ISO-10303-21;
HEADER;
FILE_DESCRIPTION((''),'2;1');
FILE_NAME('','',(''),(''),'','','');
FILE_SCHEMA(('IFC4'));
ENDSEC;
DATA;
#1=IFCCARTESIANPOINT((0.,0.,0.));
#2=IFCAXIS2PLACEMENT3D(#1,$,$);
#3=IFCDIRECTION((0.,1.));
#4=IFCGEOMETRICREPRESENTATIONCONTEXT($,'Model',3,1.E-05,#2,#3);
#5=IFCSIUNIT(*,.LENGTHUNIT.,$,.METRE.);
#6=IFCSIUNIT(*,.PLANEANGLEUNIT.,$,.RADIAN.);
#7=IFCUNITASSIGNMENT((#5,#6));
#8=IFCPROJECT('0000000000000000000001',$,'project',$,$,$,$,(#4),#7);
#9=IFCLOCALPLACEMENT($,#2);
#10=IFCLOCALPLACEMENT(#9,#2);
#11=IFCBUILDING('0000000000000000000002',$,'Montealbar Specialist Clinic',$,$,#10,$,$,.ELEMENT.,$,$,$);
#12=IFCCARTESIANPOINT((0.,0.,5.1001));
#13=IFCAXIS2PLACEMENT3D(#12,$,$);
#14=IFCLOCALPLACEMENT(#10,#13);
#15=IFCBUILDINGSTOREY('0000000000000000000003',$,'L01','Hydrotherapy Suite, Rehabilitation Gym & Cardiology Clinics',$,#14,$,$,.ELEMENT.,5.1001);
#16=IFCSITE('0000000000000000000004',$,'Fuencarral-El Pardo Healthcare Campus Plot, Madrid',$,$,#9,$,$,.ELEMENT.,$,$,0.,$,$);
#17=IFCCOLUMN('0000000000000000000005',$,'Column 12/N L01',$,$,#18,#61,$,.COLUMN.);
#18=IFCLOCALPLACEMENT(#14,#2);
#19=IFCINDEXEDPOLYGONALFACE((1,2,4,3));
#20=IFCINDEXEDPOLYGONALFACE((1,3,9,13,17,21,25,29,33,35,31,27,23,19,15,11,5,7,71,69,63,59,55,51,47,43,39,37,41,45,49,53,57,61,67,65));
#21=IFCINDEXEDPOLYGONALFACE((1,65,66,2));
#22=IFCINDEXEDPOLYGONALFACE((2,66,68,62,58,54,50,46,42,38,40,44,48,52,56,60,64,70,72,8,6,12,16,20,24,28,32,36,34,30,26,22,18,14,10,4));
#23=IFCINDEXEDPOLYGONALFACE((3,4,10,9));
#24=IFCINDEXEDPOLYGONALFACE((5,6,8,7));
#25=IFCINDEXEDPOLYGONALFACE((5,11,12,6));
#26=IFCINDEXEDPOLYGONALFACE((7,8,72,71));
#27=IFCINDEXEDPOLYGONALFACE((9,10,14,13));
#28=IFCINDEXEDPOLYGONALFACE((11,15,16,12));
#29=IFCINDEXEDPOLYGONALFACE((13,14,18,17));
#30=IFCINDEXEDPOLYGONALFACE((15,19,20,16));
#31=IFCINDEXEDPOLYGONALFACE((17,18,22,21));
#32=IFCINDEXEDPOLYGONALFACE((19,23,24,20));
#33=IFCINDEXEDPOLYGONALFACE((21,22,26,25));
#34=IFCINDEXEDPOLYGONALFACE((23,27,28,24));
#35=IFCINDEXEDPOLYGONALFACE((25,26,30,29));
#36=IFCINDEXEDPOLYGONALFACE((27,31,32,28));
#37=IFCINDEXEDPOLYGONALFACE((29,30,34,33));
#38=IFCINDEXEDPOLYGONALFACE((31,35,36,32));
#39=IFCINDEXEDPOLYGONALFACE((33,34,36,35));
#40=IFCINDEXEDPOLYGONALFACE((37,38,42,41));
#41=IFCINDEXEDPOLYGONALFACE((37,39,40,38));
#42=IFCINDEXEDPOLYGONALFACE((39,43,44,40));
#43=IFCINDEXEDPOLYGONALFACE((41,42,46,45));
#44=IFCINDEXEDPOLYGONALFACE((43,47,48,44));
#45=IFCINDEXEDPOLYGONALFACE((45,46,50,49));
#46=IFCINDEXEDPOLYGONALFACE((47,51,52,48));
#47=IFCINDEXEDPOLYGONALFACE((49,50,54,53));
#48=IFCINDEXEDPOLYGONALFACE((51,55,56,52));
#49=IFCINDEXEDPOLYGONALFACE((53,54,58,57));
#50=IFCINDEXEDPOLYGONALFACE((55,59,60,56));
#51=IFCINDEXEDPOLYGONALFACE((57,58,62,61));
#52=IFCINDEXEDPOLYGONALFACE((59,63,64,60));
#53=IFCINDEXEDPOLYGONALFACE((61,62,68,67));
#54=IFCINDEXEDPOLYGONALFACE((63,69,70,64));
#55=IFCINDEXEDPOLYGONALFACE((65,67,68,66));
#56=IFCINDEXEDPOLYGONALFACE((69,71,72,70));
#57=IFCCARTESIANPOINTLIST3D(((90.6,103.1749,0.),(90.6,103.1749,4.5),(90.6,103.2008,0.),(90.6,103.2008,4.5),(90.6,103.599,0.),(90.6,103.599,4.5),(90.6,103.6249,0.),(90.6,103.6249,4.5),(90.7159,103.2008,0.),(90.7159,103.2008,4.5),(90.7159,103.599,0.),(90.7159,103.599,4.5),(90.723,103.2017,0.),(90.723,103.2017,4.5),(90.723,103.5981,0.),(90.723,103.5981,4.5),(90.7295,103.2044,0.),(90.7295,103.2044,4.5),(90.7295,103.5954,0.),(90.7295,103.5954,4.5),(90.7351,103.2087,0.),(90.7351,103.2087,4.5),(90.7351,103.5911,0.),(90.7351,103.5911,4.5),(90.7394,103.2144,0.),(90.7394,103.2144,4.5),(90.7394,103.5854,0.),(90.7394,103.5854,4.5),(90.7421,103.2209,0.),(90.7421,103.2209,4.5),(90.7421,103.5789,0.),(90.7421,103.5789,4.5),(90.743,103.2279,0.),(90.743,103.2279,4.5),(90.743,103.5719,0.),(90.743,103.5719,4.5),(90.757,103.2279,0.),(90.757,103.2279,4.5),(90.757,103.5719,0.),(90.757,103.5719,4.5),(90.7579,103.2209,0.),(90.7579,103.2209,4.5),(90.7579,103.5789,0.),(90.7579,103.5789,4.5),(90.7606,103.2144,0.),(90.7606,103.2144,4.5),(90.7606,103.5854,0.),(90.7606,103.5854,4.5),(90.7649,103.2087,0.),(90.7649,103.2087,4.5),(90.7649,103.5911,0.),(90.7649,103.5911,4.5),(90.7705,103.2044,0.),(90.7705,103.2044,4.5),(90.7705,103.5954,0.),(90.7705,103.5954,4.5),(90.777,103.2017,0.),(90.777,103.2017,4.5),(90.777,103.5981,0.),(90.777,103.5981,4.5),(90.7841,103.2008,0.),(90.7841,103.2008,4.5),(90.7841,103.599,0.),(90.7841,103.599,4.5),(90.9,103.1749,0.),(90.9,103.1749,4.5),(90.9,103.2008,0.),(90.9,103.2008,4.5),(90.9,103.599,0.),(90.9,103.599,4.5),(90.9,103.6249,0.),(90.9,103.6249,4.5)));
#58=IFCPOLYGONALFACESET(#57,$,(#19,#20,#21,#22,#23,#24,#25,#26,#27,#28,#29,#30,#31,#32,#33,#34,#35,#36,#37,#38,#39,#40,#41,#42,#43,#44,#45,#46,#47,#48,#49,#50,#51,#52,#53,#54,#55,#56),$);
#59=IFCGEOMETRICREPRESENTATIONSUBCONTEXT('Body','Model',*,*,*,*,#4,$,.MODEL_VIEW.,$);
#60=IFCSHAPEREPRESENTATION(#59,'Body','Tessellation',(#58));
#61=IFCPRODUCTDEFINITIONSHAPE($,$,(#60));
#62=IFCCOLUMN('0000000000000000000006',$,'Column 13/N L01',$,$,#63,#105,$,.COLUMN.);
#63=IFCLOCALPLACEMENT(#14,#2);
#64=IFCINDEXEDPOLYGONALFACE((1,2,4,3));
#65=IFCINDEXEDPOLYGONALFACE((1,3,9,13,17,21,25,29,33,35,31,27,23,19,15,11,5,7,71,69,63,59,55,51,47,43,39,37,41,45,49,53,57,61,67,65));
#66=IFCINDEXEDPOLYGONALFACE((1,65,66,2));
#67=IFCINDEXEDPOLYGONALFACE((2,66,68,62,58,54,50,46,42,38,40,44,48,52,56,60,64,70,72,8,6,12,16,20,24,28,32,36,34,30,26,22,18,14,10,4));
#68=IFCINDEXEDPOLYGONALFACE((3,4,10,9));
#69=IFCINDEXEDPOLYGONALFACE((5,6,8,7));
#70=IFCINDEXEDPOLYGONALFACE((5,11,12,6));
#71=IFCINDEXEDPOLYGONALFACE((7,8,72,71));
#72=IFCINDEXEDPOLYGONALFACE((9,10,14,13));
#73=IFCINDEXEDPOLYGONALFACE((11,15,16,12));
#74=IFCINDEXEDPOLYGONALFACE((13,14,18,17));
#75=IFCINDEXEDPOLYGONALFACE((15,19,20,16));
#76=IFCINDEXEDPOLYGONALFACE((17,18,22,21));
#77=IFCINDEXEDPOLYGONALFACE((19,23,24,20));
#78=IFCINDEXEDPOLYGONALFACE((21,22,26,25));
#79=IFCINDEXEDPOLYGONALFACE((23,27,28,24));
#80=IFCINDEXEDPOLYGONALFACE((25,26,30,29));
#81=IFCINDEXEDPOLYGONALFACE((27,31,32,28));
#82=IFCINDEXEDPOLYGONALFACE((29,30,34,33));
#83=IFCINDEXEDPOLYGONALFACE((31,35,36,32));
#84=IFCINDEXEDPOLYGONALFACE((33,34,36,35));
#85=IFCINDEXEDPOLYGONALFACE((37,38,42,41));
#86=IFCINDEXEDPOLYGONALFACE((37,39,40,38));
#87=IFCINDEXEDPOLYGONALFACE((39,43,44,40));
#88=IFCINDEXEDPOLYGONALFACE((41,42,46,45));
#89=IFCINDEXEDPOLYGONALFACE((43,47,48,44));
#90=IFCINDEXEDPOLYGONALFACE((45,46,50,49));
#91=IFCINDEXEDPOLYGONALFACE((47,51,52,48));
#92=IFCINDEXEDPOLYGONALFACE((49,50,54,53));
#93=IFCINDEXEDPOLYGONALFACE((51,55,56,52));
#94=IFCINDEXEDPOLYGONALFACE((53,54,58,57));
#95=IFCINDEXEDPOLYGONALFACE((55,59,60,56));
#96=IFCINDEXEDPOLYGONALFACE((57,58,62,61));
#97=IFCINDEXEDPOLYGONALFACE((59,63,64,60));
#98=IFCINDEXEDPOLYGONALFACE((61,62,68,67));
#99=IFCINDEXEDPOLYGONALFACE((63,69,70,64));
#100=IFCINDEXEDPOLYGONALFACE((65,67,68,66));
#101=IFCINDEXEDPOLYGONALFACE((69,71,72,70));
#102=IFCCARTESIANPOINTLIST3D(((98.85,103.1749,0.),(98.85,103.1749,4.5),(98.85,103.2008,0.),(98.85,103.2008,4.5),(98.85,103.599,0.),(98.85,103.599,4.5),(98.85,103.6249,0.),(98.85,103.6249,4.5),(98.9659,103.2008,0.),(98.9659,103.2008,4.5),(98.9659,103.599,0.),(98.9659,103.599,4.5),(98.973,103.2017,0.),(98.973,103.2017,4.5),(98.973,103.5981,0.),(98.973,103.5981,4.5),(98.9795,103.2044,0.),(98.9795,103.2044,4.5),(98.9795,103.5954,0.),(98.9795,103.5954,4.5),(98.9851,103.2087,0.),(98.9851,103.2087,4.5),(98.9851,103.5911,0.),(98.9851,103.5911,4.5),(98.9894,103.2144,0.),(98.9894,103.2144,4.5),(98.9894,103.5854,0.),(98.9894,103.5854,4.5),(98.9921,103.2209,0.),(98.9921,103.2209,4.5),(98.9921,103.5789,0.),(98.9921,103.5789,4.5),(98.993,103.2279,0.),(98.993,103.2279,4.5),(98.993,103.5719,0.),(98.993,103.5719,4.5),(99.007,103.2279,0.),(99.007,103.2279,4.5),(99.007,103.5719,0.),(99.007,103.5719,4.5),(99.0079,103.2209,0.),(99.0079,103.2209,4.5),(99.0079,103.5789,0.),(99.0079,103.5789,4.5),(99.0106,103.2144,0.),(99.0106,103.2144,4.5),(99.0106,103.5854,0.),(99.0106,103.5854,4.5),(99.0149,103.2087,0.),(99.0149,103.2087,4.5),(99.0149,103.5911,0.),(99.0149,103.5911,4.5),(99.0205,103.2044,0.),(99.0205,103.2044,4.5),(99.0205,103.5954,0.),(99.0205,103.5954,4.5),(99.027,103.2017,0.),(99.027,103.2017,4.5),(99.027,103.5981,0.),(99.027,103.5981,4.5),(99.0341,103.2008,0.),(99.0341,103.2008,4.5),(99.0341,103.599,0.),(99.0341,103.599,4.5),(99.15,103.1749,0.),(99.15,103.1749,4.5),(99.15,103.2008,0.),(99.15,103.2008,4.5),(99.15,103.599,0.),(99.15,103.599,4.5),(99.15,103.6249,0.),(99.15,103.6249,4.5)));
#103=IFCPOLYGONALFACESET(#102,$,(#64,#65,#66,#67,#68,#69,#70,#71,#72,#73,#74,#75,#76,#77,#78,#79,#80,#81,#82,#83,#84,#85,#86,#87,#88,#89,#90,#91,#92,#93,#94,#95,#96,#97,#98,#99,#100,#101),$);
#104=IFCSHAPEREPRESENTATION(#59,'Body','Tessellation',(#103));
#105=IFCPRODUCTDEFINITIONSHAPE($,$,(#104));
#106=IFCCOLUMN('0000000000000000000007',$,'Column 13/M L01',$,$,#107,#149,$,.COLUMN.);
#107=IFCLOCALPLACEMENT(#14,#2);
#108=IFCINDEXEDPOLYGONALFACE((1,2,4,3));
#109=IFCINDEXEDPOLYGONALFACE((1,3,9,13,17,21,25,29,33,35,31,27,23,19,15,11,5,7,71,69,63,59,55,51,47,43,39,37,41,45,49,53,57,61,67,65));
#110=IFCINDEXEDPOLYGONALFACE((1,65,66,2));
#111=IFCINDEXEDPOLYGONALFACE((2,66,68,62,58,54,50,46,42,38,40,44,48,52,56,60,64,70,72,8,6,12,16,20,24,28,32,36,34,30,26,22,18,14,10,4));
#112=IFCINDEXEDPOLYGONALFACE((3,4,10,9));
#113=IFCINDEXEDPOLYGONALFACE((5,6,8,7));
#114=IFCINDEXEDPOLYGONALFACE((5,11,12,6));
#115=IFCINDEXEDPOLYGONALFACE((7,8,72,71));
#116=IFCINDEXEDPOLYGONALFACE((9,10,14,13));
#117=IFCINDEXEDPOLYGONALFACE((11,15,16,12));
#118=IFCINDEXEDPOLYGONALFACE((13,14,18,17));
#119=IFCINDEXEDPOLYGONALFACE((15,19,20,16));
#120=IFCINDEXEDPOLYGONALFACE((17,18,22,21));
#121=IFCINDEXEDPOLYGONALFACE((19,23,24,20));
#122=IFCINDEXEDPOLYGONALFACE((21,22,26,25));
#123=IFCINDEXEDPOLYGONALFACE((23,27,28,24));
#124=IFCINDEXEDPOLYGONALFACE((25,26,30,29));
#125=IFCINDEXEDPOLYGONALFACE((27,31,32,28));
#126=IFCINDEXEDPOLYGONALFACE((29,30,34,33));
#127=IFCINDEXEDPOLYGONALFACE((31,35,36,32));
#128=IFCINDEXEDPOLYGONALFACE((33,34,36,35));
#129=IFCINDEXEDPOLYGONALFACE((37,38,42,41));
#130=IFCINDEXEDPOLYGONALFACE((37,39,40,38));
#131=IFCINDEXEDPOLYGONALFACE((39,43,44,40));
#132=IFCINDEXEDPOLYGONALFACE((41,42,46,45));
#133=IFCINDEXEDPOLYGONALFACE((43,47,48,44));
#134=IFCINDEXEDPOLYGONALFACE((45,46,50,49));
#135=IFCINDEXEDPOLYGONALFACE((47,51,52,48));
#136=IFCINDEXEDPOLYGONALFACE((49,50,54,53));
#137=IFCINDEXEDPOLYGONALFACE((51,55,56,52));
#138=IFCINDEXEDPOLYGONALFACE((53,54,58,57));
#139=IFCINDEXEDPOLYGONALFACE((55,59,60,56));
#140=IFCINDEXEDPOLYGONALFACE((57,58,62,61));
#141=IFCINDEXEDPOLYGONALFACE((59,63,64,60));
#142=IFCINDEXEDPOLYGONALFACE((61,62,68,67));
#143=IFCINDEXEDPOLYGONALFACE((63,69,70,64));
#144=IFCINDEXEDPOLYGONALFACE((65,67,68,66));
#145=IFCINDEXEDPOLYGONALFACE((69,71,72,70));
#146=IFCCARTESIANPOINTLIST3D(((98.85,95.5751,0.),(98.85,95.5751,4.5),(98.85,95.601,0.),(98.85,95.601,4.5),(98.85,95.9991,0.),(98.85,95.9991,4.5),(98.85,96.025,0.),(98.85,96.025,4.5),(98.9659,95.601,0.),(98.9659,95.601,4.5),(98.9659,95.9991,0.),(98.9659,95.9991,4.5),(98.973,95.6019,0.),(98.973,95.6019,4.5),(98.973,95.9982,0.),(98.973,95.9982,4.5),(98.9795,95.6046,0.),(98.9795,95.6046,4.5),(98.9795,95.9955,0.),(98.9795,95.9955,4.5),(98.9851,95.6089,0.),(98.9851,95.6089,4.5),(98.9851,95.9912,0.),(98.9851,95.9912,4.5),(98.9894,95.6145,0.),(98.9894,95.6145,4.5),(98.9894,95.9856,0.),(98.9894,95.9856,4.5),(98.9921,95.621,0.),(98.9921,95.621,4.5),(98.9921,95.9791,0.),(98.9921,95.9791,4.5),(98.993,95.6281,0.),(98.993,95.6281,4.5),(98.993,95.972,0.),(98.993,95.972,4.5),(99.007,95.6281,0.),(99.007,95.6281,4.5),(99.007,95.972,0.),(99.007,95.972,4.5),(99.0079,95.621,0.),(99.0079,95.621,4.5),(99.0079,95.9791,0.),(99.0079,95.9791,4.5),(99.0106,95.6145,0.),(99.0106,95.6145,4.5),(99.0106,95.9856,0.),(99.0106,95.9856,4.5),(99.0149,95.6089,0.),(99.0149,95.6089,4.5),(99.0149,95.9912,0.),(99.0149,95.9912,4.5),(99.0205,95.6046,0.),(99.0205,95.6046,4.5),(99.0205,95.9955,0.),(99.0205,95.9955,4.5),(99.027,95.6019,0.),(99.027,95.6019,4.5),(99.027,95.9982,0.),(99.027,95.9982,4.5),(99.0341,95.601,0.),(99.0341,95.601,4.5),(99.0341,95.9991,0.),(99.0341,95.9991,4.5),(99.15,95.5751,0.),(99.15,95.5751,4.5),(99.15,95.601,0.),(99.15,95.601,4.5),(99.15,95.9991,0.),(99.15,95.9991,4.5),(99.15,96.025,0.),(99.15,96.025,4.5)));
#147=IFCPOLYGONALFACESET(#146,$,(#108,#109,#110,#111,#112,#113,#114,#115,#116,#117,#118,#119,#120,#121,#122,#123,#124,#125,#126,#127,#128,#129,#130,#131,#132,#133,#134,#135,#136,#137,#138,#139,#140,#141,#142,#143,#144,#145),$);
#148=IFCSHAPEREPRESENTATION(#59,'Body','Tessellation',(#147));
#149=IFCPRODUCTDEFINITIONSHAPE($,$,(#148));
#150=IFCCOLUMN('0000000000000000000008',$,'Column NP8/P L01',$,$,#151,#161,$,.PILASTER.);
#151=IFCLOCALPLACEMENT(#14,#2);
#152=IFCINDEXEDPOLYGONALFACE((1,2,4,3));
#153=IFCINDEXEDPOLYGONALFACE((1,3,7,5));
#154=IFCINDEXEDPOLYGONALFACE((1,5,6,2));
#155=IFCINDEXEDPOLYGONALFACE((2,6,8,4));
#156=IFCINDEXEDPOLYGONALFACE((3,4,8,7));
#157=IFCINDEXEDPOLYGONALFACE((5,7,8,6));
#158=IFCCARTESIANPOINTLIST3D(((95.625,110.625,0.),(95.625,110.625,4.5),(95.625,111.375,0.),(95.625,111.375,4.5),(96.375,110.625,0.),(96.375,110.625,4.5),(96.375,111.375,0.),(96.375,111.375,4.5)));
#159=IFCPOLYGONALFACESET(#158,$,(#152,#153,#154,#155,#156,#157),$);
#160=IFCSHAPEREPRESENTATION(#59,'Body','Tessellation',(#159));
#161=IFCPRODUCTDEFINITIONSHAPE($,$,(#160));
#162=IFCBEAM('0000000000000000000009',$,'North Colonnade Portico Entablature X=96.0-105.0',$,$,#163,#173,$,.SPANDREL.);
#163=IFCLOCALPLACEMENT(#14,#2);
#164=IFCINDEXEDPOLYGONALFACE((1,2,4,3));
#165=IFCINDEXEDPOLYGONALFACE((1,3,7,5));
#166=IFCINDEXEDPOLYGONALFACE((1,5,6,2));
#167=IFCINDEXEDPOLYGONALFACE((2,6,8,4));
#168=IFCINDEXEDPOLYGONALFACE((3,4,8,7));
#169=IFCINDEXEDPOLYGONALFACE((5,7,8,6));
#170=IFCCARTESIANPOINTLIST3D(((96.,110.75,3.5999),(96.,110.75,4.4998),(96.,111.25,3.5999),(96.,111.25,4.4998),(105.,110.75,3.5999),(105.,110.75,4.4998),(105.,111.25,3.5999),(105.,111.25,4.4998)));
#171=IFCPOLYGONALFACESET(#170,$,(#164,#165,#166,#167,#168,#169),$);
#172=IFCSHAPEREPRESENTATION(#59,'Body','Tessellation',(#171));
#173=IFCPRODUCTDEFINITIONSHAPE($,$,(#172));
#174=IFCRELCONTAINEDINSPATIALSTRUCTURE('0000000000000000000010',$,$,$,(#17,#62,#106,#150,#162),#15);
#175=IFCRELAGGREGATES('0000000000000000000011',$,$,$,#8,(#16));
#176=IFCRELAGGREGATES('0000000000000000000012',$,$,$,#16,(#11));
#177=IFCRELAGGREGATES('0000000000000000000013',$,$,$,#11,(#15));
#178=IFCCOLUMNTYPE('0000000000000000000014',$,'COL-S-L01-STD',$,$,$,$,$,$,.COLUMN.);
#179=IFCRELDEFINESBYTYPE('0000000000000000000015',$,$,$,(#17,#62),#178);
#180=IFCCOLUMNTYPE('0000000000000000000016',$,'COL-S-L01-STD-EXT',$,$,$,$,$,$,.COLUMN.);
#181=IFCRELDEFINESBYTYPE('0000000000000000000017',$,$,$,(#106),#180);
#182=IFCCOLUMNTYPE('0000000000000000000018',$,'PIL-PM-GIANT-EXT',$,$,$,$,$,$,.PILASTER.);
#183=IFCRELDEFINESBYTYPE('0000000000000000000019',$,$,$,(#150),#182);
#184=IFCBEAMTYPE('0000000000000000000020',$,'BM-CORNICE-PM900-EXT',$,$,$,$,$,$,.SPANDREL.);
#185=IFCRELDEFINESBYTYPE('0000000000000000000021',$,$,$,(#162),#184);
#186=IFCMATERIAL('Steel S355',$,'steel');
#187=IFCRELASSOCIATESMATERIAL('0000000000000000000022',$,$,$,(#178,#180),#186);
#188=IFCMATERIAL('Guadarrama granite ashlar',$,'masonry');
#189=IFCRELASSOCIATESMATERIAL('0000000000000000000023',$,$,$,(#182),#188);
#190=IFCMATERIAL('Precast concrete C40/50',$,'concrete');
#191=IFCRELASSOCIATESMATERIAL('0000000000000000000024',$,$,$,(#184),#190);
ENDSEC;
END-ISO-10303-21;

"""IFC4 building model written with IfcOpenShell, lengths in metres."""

from ifc_helpers import new_model, si_unit, direction, frame, origin, origin_2d, place, context, subcontext, project, spatial, rectangle, i_section, extrude, material, material_profile, profile_set, type_object, element, save


model = new_model("IFC4")

# Units and contexts
model_context = context("Model", 3, precision=1e-05, world=origin(), true_north=direction((0.0, 1.0)))
body_context = subcontext(model_context, "Body", "Model", "MODEL_VIEW")
ifc_project = project(units=[si_unit("LENGTHUNIT", "METRE"), si_unit("PLANEANGLEUNIT", "RADIAN")], contexts=[model_context])

# Site, building, storey
site_placement = place(None, origin())
site = spatial("IfcSite", under=ifc_project, at=site_placement, Name="Fuencarral-El Pardo Healthcare Campus Plot, Madrid", CompositionType="ELEMENT", RefElevation=0.0)
building_placement = place(site_placement, origin())
building = spatial("IfcBuilding", under=site, at=building_placement, Name="Montealbar Specialist Clinic", CompositionType="ELEMENT")
storey_placement = place(building_placement, frame((0.0, 0.0, 5.1001)))
storey = spatial("IfcBuildingStorey", under=building, at=storey_placement, Name="L01", Description="Hydrotherapy Suite, Rehabilitation Gym & Cardiology Clinics", CompositionType="ELEMENT", Elevation=5.1001)

# Columns
ifc_material_1 = material(Name="Steel S355", Category="steel")
ifc_material_profile_1 = material_profile(ifc_material_1, i_section(OverallWidth=0.3, OverallDepth=0.45, WebThickness=0.0139, FlangeThickness=0.0259, FilletRadius=0.0271, at=origin_2d()), Name="HEB 450", Category="steel")
ifc_profile_set_1 = profile_set([ifc_material_profile_1], Name="Steel S355")
column_type_1 = type_object("IfcColumnType", Name="COL-S-L01-STD", PredefinedType="COLUMN", material=ifc_profile_set_1)
for number, where, z_axis, x_axis, name in (
    (1, (90.75, 103.3999, 0.0), (0.0, 0.0, 1.0), (1.0, 0.0, 0.0), "Column 12/N L01"),
    (2, (99.0, 103.3999, 0.0), (0.0, 0.0, 1.0), (1.0, 0.0, 0.0), "Column 13/N L01"),
):
    element("IfcColumn", number, at=place(storey_placement, frame(where, z_axis=z_axis, x_axis=x_axis)), inside=storey, type_object=column_type_1, Name=name, PredefinedType="COLUMN", context=body_context, shape_type="SweptSolid", body=[
        extrude(i_section(OverallWidth=0.3, OverallDepth=0.45, WebThickness=0.0139, FlangeThickness=0.0259, FilletRadius=0.0271, at=origin_2d()), origin(), (0.0, 0.0, 1.0), 4.5),
    ])
ifc_material_profile_2 = material_profile(ifc_material_1, i_section(OverallWidth=0.3, OverallDepth=0.45, WebThickness=0.0139, FlangeThickness=0.0259, FilletRadius=0.0271, at=origin_2d()), Name="HEB 450", Category="steel")
ifc_profile_set_2 = profile_set([ifc_material_profile_2], Name="Steel S355")
column_type_2 = type_object("IfcColumnType", Name="COL-S-L01-STD-EXT", PredefinedType="COLUMN", material=ifc_profile_set_2)
column_1_placement = place(storey_placement, frame((99.0, 95.8, 0.0), z_axis=(0.0, 0.0, 1.0), x_axis=(1.0, 0.0, 0.0)))
element("IfcColumn", 3, at=column_1_placement, inside=storey, type_object=column_type_2, Name="Column 13/M L01", PredefinedType="COLUMN", context=body_context, shape_type="SweptSolid", body=[
    extrude(i_section(OverallWidth=0.3, OverallDepth=0.45, WebThickness=0.0139, FlangeThickness=0.0259, FilletRadius=0.0271, at=origin_2d()), origin(), (0.0, 0.0, 1.0), 4.5),
])
ifc_material_2 = material(Name="Guadarrama granite ashlar", Category="masonry")
ifc_material_profile_3 = material_profile(ifc_material_2, rectangle(XDim=0.75, YDim=0.75, at=origin_2d()), Name="GRANITE PILASTER 750x750", Category="masonry")
ifc_profile_set_3 = profile_set([ifc_material_profile_3], Name="Guadarrama granite ashlar")
column_type_3 = type_object("IfcColumnType", Name="PIL-PM-GIANT-EXT", PredefinedType="PILASTER", material=ifc_profile_set_3)
column_2_placement = place(storey_placement, frame((96.0, 111.0, 0.0), z_axis=(0.0, 0.0, 1.0), x_axis=(1.0, 0.0, 0.0)))
element("IfcColumn", 4, at=column_2_placement, inside=storey, type_object=column_type_3, Name="Column NP8/P L01", PredefinedType="PILASTER", context=body_context, shape_type="SweptSolid", body=[
    extrude(rectangle(XDim=0.75, YDim=0.75, at=origin_2d()), origin(), (0.0, 0.0, 1.0), 4.5),
])

# Beam
ifc_material_3 = material(Name="Precast concrete C40/50", Category="concrete")
ifc_material_profile_4 = material_profile(ifc_material_3, rectangle(XDim=0.5, YDim=0.8999, at=origin_2d()), Name="PRECAST CORNICE 500x900", Category="concrete")
ifc_profile_set_4 = profile_set([ifc_material_profile_4], Name="Precast concrete C40/50")
beam_type_1 = type_object("IfcBeamType", Name="BM-CORNICE-PM900-EXT", PredefinedType="SPANDREL", material=ifc_profile_set_4)
beam_1_placement = place(storey_placement, frame((96.0, 111.0, 4.0498), z_axis=(1.0, 0.0, 0.0), x_axis=(0.0, 1.0, 0.0)))
element("IfcBeam", 5, at=beam_1_placement, inside=storey, type_object=beam_type_1, Name="North Colonnade Portico Entablature X=96.0-105.0", PredefinedType="SPANDREL", context=body_context, shape_type="SweptSolid", body=[
    extrude(rectangle(XDim=0.5, YDim=0.8999, at=origin_2d()), origin(), (0.0, 0.0, 1.0), 9.0),
])

save(model, "model.ifc")
